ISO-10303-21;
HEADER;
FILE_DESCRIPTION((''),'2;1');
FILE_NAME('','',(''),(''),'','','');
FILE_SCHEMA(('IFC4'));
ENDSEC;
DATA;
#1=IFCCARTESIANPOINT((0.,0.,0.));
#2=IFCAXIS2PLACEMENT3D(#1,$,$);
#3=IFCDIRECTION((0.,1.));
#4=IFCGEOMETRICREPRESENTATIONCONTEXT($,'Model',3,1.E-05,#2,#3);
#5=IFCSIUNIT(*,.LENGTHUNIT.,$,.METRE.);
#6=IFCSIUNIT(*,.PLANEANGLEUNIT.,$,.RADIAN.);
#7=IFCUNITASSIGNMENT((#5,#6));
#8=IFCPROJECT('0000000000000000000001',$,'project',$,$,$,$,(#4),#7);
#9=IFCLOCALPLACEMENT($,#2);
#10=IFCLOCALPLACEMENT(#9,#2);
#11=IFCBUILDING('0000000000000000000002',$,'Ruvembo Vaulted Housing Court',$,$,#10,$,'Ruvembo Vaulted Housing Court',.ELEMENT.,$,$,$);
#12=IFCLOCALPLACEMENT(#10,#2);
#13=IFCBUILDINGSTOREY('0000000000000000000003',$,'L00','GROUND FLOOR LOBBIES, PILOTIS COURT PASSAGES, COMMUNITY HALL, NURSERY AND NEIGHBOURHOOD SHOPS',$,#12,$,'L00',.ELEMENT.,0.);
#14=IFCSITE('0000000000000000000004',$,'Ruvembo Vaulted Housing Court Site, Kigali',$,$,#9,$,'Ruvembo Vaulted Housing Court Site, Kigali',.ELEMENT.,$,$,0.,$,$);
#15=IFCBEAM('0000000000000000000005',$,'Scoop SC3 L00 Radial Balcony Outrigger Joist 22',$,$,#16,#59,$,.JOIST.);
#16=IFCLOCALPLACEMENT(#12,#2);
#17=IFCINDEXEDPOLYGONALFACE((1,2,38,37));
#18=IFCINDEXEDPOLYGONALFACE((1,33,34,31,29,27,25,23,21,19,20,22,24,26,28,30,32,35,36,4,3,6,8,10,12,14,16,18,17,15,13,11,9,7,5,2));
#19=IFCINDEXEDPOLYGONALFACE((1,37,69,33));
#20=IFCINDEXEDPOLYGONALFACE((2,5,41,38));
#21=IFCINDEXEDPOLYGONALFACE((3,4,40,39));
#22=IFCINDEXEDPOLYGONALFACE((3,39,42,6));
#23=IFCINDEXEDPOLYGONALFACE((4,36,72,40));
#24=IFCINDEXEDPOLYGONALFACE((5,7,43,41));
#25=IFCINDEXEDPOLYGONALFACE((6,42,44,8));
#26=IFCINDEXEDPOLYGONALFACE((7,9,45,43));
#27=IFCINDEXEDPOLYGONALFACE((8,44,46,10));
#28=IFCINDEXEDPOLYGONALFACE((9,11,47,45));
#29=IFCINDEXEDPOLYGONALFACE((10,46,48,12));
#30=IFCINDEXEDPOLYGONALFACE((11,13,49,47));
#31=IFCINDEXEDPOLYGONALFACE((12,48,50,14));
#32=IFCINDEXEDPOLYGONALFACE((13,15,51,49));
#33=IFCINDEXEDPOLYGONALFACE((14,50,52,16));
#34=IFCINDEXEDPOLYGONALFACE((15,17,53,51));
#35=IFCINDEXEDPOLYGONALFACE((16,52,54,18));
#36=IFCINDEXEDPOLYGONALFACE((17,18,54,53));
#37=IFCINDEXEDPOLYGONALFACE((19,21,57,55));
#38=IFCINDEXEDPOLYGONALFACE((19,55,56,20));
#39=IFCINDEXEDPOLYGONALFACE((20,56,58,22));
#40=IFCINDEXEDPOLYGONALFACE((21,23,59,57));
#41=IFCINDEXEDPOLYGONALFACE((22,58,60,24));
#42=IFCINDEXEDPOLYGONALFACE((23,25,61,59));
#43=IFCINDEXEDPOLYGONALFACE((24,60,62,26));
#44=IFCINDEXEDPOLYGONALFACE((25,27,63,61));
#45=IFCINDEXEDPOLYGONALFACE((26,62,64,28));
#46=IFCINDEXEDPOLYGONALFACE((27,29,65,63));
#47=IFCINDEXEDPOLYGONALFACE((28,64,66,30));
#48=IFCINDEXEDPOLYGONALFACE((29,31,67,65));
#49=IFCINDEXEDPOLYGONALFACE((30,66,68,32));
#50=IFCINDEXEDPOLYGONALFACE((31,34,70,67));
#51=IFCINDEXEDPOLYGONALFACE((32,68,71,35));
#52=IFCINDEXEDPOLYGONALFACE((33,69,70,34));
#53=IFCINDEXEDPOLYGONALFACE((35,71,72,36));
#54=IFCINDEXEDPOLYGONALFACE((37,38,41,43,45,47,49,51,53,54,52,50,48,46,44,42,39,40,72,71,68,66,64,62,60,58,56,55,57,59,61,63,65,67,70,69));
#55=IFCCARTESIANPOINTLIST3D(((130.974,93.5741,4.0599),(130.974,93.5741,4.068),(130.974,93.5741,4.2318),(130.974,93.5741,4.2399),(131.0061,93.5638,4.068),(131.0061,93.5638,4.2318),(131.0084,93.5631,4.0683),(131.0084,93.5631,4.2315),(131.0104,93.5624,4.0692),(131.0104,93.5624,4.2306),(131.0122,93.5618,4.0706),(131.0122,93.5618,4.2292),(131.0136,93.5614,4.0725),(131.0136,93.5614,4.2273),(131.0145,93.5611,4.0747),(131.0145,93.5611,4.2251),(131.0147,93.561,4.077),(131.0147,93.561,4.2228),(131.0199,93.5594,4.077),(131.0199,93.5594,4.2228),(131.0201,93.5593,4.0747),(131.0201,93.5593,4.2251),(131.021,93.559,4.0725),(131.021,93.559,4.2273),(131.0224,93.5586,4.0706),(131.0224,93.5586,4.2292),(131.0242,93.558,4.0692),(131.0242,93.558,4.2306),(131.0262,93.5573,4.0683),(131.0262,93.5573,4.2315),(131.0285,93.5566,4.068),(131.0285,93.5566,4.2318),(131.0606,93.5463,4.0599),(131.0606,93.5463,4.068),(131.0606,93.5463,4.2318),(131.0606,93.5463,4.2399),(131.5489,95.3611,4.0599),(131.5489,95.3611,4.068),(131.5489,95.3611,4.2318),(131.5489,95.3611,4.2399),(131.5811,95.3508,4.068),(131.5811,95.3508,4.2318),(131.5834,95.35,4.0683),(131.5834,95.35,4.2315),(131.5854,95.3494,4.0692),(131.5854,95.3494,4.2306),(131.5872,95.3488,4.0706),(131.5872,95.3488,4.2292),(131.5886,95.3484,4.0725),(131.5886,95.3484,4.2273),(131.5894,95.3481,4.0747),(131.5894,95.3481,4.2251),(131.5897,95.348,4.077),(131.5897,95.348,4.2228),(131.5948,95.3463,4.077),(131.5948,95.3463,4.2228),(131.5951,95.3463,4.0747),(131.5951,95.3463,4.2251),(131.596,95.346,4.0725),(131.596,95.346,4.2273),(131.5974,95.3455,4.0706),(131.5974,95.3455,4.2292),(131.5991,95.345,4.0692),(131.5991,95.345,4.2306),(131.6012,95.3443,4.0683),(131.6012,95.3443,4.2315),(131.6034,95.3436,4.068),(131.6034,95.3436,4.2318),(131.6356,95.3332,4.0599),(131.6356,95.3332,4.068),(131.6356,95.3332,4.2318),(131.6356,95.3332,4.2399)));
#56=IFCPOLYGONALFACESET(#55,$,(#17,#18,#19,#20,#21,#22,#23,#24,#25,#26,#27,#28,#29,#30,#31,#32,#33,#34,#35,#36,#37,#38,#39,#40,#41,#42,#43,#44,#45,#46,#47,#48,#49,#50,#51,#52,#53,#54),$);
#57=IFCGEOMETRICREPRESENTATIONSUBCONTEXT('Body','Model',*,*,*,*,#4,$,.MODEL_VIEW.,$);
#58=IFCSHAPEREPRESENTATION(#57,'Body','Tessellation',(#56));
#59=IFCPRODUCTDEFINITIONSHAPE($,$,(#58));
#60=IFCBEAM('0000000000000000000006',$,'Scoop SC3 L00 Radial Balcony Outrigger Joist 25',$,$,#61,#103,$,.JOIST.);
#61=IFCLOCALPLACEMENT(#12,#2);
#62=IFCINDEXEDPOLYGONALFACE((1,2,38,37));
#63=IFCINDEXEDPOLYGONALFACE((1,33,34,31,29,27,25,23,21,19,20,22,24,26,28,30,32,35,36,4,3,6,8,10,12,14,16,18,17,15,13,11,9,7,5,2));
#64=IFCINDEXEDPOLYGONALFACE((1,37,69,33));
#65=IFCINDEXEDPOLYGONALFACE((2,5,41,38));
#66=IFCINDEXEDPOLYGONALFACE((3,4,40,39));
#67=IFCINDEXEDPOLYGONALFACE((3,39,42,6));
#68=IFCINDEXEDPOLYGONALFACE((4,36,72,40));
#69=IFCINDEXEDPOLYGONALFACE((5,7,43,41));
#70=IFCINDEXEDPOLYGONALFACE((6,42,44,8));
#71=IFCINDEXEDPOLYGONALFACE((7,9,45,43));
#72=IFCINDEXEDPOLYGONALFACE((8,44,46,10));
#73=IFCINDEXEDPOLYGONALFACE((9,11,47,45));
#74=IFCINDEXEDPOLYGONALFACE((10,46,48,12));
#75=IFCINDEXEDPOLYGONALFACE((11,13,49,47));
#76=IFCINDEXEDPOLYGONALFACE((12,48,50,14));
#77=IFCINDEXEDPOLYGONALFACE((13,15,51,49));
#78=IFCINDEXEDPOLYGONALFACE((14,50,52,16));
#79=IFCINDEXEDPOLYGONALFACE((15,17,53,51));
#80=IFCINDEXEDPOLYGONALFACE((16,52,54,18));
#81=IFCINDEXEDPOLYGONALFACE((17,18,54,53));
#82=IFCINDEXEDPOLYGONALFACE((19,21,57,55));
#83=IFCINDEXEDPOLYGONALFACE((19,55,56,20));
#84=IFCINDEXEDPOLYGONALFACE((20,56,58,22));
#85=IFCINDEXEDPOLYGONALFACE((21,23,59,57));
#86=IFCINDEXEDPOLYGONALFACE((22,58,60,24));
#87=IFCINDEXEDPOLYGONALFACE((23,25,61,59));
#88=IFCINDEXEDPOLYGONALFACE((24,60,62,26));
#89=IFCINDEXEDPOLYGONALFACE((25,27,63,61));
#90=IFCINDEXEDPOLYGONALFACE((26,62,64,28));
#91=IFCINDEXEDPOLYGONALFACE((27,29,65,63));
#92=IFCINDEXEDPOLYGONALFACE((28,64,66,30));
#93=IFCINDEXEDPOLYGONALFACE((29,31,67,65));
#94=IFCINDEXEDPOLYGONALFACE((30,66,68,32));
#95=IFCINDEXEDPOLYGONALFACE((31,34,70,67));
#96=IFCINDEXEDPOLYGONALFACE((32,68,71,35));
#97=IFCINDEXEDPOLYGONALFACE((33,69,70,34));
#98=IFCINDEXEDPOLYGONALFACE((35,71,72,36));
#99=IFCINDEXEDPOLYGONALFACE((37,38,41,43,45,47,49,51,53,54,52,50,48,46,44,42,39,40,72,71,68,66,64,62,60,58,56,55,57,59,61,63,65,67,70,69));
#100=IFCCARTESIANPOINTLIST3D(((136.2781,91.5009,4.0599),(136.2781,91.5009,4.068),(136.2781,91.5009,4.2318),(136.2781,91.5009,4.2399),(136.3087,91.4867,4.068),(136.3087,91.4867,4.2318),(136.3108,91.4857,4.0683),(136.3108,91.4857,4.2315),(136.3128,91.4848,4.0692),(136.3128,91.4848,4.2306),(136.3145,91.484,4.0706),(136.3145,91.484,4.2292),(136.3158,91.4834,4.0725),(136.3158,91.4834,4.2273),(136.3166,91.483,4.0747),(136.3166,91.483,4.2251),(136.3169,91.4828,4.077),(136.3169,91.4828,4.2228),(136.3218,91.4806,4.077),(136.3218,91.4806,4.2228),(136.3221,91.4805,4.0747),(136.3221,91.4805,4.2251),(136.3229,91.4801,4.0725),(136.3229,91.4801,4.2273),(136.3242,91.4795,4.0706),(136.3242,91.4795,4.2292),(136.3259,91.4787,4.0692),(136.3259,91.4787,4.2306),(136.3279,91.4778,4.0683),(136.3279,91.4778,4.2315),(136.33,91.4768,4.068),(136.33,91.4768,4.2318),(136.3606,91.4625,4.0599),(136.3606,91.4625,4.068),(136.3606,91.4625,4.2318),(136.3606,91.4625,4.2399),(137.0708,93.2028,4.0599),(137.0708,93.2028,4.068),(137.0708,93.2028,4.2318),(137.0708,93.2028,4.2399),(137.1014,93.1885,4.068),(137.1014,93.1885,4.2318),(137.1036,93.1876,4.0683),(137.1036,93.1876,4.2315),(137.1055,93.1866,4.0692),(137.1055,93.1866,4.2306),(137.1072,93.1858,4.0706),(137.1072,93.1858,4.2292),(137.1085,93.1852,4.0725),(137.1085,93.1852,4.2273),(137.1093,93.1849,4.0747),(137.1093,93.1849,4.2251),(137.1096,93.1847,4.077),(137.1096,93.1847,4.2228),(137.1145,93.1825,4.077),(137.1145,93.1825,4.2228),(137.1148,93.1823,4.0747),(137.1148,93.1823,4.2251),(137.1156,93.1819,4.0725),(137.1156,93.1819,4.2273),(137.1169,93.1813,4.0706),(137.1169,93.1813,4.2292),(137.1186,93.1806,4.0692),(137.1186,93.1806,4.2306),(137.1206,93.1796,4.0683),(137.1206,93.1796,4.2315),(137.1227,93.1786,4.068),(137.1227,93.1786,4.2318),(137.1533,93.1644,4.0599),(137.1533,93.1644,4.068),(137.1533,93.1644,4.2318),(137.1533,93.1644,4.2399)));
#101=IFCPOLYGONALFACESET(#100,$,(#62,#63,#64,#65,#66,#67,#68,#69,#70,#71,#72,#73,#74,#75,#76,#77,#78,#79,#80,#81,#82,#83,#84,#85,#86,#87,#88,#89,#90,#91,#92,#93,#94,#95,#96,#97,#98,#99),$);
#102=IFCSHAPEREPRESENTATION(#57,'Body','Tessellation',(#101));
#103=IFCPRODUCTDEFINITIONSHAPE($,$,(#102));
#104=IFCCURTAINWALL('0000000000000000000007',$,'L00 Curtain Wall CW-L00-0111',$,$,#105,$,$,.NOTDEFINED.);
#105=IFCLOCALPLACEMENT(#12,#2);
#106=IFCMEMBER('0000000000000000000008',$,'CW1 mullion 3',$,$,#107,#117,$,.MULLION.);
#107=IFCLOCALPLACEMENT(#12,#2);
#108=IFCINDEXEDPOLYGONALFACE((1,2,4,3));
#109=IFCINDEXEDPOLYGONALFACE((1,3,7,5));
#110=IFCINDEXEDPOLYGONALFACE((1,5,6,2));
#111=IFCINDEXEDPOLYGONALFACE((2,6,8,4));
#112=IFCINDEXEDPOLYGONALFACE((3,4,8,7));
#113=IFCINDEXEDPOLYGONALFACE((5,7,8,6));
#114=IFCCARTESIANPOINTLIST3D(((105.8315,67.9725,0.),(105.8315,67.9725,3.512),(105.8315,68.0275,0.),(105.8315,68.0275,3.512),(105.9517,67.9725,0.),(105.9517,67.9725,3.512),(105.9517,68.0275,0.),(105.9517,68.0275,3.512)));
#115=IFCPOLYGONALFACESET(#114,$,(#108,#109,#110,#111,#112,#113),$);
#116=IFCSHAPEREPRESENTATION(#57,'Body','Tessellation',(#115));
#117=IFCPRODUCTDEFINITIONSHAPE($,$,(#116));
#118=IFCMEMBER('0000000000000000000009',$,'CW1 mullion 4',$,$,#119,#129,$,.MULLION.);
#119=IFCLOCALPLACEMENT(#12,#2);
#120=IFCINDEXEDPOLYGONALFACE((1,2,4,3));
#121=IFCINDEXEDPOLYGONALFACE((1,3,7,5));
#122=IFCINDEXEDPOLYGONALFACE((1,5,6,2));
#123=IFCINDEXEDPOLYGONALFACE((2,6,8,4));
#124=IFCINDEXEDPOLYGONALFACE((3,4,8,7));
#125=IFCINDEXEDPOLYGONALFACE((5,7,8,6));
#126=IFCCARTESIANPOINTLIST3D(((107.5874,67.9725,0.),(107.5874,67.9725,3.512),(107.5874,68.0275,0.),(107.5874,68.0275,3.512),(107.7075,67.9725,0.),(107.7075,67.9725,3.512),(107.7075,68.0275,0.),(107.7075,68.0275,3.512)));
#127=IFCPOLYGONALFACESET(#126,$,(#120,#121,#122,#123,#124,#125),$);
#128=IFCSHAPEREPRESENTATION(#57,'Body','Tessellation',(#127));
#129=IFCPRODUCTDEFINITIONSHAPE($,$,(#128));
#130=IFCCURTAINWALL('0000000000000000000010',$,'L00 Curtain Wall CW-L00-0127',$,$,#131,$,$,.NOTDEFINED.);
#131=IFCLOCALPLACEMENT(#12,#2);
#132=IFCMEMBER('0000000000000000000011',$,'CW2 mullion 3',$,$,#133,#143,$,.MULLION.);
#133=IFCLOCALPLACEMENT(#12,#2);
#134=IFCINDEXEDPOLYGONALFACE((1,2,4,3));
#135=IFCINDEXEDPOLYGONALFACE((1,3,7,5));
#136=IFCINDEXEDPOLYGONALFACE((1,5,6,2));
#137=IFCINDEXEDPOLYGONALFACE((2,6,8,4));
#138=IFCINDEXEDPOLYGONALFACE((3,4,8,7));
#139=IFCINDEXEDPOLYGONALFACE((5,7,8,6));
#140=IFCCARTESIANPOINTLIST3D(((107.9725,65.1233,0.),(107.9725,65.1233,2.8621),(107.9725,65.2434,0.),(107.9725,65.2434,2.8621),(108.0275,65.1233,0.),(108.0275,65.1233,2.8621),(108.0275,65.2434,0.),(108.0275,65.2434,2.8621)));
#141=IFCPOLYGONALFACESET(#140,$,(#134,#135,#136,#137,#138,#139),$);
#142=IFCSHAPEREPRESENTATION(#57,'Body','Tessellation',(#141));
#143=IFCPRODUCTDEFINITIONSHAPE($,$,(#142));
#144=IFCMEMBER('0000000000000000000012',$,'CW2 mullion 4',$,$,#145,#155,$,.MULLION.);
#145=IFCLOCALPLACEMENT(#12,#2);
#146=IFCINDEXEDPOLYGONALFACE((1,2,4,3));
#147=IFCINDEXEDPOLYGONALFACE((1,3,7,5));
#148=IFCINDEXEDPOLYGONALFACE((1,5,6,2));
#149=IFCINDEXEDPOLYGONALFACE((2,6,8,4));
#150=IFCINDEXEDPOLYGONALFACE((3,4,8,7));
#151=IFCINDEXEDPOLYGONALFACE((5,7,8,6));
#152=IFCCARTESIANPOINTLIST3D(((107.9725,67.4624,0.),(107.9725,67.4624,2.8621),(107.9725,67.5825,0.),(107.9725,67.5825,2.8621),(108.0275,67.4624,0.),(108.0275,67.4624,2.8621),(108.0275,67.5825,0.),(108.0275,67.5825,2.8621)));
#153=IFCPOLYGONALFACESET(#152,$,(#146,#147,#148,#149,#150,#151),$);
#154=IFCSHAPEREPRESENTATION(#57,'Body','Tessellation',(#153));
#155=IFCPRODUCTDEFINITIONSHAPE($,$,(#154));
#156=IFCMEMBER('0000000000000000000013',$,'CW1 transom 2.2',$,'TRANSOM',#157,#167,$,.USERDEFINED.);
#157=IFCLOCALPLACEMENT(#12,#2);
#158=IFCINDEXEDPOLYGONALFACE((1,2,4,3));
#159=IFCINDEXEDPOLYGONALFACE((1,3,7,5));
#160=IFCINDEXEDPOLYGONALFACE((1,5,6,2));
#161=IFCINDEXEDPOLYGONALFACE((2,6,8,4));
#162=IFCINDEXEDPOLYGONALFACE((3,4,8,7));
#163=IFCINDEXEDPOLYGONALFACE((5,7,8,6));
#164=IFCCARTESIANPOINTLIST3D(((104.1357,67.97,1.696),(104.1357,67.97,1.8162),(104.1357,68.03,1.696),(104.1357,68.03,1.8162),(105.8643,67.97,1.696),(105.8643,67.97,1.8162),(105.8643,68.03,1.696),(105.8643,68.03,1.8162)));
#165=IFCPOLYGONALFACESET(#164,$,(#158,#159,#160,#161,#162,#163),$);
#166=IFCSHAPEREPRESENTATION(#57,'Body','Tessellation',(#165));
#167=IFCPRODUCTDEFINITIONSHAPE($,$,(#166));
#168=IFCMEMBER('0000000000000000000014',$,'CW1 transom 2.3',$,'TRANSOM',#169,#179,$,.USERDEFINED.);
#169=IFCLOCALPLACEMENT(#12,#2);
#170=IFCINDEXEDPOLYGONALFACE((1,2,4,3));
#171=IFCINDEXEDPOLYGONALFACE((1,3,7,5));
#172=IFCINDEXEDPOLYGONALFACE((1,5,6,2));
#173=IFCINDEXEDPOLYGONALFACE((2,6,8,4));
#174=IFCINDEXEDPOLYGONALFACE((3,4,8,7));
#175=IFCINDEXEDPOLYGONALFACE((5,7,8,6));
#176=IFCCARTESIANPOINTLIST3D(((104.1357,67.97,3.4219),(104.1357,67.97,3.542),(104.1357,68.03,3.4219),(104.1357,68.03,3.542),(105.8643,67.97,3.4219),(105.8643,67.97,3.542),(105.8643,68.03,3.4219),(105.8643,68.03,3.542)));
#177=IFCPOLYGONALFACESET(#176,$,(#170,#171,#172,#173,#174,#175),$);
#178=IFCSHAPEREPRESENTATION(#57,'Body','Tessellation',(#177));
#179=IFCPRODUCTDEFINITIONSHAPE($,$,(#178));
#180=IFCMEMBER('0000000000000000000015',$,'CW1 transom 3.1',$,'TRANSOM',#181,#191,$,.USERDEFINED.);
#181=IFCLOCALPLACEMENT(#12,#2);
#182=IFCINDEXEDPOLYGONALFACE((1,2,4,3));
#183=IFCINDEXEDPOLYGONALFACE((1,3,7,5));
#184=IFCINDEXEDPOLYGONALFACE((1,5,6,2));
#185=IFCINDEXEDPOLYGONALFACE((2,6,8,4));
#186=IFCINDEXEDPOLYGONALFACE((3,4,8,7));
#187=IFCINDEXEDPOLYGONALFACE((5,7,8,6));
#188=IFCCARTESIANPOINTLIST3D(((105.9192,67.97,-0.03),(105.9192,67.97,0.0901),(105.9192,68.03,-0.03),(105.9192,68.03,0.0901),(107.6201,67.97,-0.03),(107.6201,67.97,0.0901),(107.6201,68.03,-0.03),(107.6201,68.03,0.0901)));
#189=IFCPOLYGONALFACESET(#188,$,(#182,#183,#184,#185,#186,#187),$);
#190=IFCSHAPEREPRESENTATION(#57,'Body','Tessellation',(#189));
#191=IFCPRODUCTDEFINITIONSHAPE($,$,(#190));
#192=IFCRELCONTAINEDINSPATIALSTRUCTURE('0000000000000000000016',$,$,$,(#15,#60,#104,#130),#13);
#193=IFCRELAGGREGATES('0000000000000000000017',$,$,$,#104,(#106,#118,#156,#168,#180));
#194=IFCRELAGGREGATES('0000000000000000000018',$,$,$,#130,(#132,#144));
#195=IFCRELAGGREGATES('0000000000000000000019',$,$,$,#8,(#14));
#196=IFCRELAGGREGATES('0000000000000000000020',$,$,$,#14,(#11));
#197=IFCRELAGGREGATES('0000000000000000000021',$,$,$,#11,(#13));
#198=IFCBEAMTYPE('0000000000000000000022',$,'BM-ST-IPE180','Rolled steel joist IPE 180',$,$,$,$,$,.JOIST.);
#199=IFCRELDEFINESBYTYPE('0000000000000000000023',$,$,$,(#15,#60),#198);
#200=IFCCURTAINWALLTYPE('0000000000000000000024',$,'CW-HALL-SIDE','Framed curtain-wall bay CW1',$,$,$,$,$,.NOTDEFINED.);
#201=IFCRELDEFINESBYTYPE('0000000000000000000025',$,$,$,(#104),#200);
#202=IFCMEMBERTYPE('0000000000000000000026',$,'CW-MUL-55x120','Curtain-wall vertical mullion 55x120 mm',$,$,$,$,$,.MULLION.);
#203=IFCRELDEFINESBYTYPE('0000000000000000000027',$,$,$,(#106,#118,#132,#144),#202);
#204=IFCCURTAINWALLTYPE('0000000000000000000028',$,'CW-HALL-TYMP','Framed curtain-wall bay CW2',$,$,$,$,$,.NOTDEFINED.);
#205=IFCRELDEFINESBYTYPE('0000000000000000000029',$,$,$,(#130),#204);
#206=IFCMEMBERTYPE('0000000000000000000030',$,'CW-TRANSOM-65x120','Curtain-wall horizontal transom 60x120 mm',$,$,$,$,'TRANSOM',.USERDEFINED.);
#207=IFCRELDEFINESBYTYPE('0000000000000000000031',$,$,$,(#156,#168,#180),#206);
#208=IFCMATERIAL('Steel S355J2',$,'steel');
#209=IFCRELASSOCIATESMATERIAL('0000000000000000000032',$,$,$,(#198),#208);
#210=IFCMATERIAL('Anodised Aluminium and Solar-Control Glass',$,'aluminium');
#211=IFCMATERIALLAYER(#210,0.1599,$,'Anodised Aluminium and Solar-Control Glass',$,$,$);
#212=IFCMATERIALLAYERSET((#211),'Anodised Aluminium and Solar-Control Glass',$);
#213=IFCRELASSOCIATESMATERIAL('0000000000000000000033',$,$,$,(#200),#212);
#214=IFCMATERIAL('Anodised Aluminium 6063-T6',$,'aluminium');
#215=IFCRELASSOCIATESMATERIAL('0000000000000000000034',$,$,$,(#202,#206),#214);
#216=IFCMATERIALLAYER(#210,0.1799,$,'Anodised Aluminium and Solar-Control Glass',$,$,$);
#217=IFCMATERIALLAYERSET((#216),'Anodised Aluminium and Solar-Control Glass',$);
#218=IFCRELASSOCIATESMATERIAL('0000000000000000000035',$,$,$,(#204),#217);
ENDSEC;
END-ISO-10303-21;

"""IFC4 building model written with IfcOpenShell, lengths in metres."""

from ifc_helpers import new_model, si_unit, direction, frame, origin, origin_2d, place, context, subcontext, project, spatial, rectangle, i_section, extrude, material, layer, layer_set, material_profile, profile_set, type_object, element, aggregate, save


model = new_model("IFC4")

# Units and contexts
model_context = context("Model", 3, precision=1e-05, world=origin(), true_north=direction((0.0, 1.0)))
body_context = subcontext(model_context, "Body", "Model", "MODEL_VIEW")
ifc_project = project(units=[si_unit("LENGTHUNIT", "METRE"), si_unit("PLANEANGLEUNIT", "RADIAN")], contexts=[model_context])

# Site, building, storey
site_placement = place(None, origin())
site = spatial("IfcSite", under=ifc_project, at=site_placement, Name="Ruvembo Vaulted Housing Court Site, Kigali", LongName="Ruvembo Vaulted Housing Court Site, Kigali", CompositionType="ELEMENT", RefElevation=0.0)
building_placement = place(site_placement, origin())
building = spatial("IfcBuilding", under=site, at=building_placement, Name="Ruvembo Vaulted Housing Court", LongName="Ruvembo Vaulted Housing Court", CompositionType="ELEMENT")
storey_placement = place(building_placement, origin())
storey = spatial("IfcBuildingStorey", under=building, at=storey_placement, Name="L00", Description="GROUND FLOOR LOBBIES, PILOTIS COURT PASSAGES, COMMUNITY HALL, NURSERY AND NEIGHBOURHOOD SHOPS", LongName="L00", CompositionType="ELEMENT", Elevation=0.0)

# Beams
ifc_material_1 = material(Name="Steel S355J2", Category="steel")
ifc_material_profile_1 = material_profile(ifc_material_1, i_section(OverallWidth=0.0911, OverallDepth=0.1799, WebThickness=0.0054, FlangeThickness=0.0081, FilletRadius=0.009, at=origin_2d()), Name="IPE 180")
ifc_profile_set_1 = profile_set([ifc_material_profile_1], Name="Steel S355J2")
beam_type_1 = type_object("IfcBeamType", Name="BM-ST-IPE180", Description="Rolled steel joist IPE 180", PredefinedType="JOIST", material=ifc_profile_set_1)
for number, where, z_axis, x_axis, name in (
    (1, (131.5923, 95.3472, 4.1499), (-0.3063, -0.951935, 0.0), (0.951935, -0.3063, 0.0), "Scoop SC3 L00 Radial Balcony Outrigger Joist 22"),
):
    element("IfcBeam", number, at=place(storey_placement, frame(where, z_axis=z_axis, x_axis=x_axis)), inside=storey, type_object=beam_type_1, Name=name, PredefinedType="JOIST", context=body_context, shape_type="SweptSolid", body=[
        extrude(i_section(OverallWidth=0.0911, OverallDepth=0.1799, WebThickness=0.0054, FlangeThickness=0.0081, FilletRadius=0.009, at=origin_2d()), origin(), (0.0, 0.0, 1.0), 1.8772),
    ])
beam_1_placement = place(storey_placement, frame((137.1121, 93.1836, 4.1499), z_axis=(-0.42223, -0.906489, 0.0), x_axis=(0.906489, -0.42223, 0.0)))
element("IfcBeam", 2, at=beam_1_placement, inside=storey, type_object=beam_type_1, Name="Scoop SC3 L00 Radial Balcony Outrigger Joist 25", PredefinedType="JOIST", context=body_context, shape_type="SweptSolid", body=[
    extrude(i_section(OverallWidth=0.0911, OverallDepth=0.1799, WebThickness=0.0054, FlangeThickness=0.0081, FilletRadius=0.009, at=origin_2d()), origin(), (0.0, 0.0, 1.0), 1.8774),
])

# Curtain walls, members
ifc_material_2 = material(Name="Anodised Aluminium and Solar-Control Glass", Category="aluminium")
ifc_layer_1 = layer(ifc_material_2, 0.1599, Name="Anodised Aluminium and Solar-Control Glass")
ifc_layer_set_1 = layer_set([ifc_layer_1], Name="Anodised Aluminium and Solar-Control Glass")
curtain_wall_type_1 = type_object("IfcCurtainWallType", Name="CW-HALL-SIDE", Description="Framed curtain-wall bay CW1", PredefinedType="NOTDEFINED", material=ifc_layer_set_1)
curtain_wall_1_placement = place(storey_placement, origin())
curtain_wall_1 = element("IfcCurtainWall", 3, at=curtain_wall_1_placement, inside=storey, type_object=curtain_wall_type_1, Name="L00 Curtain Wall CW-L00-0111", PredefinedType="NOTDEFINED")
ifc_material_3 = material(Name="Anodised Aluminium 6063-T6", Category="aluminium")
ifc_material_profile_2 = material_profile(ifc_material_3, rectangle(XDim=0.0549, YDim=0.1201, at=origin_2d()), Name="ALU 55x120")
ifc_profile_set_2 = profile_set([ifc_material_profile_2], Name="Anodised Aluminium 6063-T6")
member_type_1 = type_object("IfcMemberType", Name="CW-MUL-55x120", Description="Curtain-wall vertical mullion 55x120 mm", PredefinedType="MULLION", material=ifc_profile_set_2)
member_1_placement = place(storey_placement, frame((105.8916, 68.0, 0.0), z_axis=(0.0, 0.0, 1.0), x_axis=(0.0, 1.0, 0.0)))
member_1 = element("IfcMember", 4, at=member_1_placement, type_object=member_type_1, Name="CW1 mullion 3", PredefinedType="MULLION", context=body_context, shape_type="SweptSolid", body=[
    extrude(rectangle(XDim=0.0549, YDim=0.1201, at=origin_2d()), origin(), (0.0, 0.0, 1.0), 3.512),
])
member_2_placement = place(storey_placement, frame((107.6475, 68.0, 0.0), z_axis=(0.0, 0.0, 1.0), x_axis=(0.0, 1.0, 0.0)))
member_2 = element("IfcMember", 5, at=member_2_placement, type_object=member_type_1, Name="CW1 mullion 4", PredefinedType="MULLION", context=body_context, shape_type="SweptSolid", body=[
    extrude(rectangle(XDim=0.0549, YDim=0.1201, at=origin_2d()), origin(), (0.0, 0.0, 1.0), 3.512),
])
ifc_layer_2 = layer(ifc_material_2, 0.1799, Name="Anodised Aluminium and Solar-Control Glass")
ifc_layer_set_2 = layer_set([ifc_layer_2], Name="Anodised Aluminium and Solar-Control Glass")
curtain_wall_type_2 = type_object("IfcCurtainWallType", Name="CW-HALL-TYMP", Description="Framed curtain-wall bay CW2", PredefinedType="NOTDEFINED", material=ifc_layer_set_2)
curtain_wall_2_placement = place(storey_placement, origin())
curtain_wall_2 = element("IfcCurtainWall", 6, at=curtain_wall_2_placement, inside=storey, type_object=curtain_wall_type_2, Name="L00 Curtain Wall CW-L00-0127", PredefinedType="NOTDEFINED")
member_3_placement = place(storey_placement, frame((108.0, 65.1833, 0.0), z_axis=(0.0, 0.0, 1.0), x_axis=(-1.0, 0.0, 0.0)))
member_3 = element("IfcMember", 7, at=member_3_placement, type_object=member_type_1, Name="CW2 mullion 3", PredefinedType="MULLION", context=body_context, shape_type="SweptSolid", body=[
    extrude(rectangle(XDim=0.0549, YDim=0.1201, at=origin_2d()), origin(), (0.0, 0.0, 1.0), 2.8621),
])
member_4_placement = place(storey_placement, frame((108.0, 67.5225, 0.0), z_axis=(0.0, 0.0, 1.0), x_axis=(-1.0, 0.0, 0.0)))
member_4 = element("IfcMember", 8, at=member_4_placement, type_object=member_type_1, Name="CW2 mullion 4", PredefinedType="MULLION", context=body_context, shape_type="SweptSolid", body=[
    extrude(rectangle(XDim=0.0549, YDim=0.1201, at=origin_2d()), origin(), (0.0, 0.0, 1.0), 2.8621),
])

# Members
ifc_material_profile_3 = material_profile(ifc_material_3, rectangle(XDim=0.0601, YDim=0.1201, at=origin_2d()), Name="ALU 60x120")
ifc_profile_set_3 = profile_set([ifc_material_profile_3], Name="Anodised Aluminium 6063-T6")
member_type_2 = type_object("IfcMemberType", Name="CW-TRANSOM-65x120", Description="Curtain-wall horizontal transom 60x120 mm", ElementType="TRANSOM", PredefinedType="USERDEFINED", material=ifc_profile_set_3)
member_5_placement = place(storey_placement, frame((104.1357, 68.0, 1.7561), z_axis=(1.0, 0.0, 0.0), x_axis=(0.0, 1.0, 0.0)))
member_5 = element("IfcMember", 9, at=member_5_placement, type_object=member_type_2, Name="CW1 transom 2.2", ObjectType="TRANSOM", PredefinedType="USERDEFINED", context=body_context, shape_type="SweptSolid", body=[
    extrude(rectangle(XDim=0.0601, YDim=0.1201, at=origin_2d()), origin(), (0.0, 0.0, 1.0), 1.7285),
])
member_6_placement = place(storey_placement, frame((104.1357, 68.0, 3.4819), z_axis=(1.0, 0.0, 0.0), x_axis=(0.0, 1.0, 0.0)))
member_6 = element("IfcMember", 10, at=member_6_placement, type_object=member_type_2, Name="CW1 transom 2.3", ObjectType="TRANSOM", PredefinedType="USERDEFINED", context=body_context, shape_type="SweptSolid", body=[
    extrude(rectangle(XDim=0.0601, YDim=0.1201, at=origin_2d()), origin(), (0.0, 0.0, 1.0), 1.7285),
])
member_7_placement = place(storey_placement, frame((105.9192, 68.0, 0.03), z_axis=(1.0, 0.0, 0.0), x_axis=(0.0, 1.0, 0.0)))
member_7 = element("IfcMember", 11, at=member_7_placement, type_object=member_type_2, Name="CW1 transom 3.1", ObjectType="TRANSOM", PredefinedType="USERDEFINED", context=body_context, shape_type="SweptSolid", body=[
    extrude(rectangle(XDim=0.0601, YDim=0.1201, at=origin_2d()), origin(), (0.0, 0.0, 1.0), 1.7009),
])

aggregate(curtain_wall_1, [member_1, member_2, member_5, member_6, member_7])
aggregate(curtain_wall_2, [member_3, member_4])

save(model, "model.ifc")
